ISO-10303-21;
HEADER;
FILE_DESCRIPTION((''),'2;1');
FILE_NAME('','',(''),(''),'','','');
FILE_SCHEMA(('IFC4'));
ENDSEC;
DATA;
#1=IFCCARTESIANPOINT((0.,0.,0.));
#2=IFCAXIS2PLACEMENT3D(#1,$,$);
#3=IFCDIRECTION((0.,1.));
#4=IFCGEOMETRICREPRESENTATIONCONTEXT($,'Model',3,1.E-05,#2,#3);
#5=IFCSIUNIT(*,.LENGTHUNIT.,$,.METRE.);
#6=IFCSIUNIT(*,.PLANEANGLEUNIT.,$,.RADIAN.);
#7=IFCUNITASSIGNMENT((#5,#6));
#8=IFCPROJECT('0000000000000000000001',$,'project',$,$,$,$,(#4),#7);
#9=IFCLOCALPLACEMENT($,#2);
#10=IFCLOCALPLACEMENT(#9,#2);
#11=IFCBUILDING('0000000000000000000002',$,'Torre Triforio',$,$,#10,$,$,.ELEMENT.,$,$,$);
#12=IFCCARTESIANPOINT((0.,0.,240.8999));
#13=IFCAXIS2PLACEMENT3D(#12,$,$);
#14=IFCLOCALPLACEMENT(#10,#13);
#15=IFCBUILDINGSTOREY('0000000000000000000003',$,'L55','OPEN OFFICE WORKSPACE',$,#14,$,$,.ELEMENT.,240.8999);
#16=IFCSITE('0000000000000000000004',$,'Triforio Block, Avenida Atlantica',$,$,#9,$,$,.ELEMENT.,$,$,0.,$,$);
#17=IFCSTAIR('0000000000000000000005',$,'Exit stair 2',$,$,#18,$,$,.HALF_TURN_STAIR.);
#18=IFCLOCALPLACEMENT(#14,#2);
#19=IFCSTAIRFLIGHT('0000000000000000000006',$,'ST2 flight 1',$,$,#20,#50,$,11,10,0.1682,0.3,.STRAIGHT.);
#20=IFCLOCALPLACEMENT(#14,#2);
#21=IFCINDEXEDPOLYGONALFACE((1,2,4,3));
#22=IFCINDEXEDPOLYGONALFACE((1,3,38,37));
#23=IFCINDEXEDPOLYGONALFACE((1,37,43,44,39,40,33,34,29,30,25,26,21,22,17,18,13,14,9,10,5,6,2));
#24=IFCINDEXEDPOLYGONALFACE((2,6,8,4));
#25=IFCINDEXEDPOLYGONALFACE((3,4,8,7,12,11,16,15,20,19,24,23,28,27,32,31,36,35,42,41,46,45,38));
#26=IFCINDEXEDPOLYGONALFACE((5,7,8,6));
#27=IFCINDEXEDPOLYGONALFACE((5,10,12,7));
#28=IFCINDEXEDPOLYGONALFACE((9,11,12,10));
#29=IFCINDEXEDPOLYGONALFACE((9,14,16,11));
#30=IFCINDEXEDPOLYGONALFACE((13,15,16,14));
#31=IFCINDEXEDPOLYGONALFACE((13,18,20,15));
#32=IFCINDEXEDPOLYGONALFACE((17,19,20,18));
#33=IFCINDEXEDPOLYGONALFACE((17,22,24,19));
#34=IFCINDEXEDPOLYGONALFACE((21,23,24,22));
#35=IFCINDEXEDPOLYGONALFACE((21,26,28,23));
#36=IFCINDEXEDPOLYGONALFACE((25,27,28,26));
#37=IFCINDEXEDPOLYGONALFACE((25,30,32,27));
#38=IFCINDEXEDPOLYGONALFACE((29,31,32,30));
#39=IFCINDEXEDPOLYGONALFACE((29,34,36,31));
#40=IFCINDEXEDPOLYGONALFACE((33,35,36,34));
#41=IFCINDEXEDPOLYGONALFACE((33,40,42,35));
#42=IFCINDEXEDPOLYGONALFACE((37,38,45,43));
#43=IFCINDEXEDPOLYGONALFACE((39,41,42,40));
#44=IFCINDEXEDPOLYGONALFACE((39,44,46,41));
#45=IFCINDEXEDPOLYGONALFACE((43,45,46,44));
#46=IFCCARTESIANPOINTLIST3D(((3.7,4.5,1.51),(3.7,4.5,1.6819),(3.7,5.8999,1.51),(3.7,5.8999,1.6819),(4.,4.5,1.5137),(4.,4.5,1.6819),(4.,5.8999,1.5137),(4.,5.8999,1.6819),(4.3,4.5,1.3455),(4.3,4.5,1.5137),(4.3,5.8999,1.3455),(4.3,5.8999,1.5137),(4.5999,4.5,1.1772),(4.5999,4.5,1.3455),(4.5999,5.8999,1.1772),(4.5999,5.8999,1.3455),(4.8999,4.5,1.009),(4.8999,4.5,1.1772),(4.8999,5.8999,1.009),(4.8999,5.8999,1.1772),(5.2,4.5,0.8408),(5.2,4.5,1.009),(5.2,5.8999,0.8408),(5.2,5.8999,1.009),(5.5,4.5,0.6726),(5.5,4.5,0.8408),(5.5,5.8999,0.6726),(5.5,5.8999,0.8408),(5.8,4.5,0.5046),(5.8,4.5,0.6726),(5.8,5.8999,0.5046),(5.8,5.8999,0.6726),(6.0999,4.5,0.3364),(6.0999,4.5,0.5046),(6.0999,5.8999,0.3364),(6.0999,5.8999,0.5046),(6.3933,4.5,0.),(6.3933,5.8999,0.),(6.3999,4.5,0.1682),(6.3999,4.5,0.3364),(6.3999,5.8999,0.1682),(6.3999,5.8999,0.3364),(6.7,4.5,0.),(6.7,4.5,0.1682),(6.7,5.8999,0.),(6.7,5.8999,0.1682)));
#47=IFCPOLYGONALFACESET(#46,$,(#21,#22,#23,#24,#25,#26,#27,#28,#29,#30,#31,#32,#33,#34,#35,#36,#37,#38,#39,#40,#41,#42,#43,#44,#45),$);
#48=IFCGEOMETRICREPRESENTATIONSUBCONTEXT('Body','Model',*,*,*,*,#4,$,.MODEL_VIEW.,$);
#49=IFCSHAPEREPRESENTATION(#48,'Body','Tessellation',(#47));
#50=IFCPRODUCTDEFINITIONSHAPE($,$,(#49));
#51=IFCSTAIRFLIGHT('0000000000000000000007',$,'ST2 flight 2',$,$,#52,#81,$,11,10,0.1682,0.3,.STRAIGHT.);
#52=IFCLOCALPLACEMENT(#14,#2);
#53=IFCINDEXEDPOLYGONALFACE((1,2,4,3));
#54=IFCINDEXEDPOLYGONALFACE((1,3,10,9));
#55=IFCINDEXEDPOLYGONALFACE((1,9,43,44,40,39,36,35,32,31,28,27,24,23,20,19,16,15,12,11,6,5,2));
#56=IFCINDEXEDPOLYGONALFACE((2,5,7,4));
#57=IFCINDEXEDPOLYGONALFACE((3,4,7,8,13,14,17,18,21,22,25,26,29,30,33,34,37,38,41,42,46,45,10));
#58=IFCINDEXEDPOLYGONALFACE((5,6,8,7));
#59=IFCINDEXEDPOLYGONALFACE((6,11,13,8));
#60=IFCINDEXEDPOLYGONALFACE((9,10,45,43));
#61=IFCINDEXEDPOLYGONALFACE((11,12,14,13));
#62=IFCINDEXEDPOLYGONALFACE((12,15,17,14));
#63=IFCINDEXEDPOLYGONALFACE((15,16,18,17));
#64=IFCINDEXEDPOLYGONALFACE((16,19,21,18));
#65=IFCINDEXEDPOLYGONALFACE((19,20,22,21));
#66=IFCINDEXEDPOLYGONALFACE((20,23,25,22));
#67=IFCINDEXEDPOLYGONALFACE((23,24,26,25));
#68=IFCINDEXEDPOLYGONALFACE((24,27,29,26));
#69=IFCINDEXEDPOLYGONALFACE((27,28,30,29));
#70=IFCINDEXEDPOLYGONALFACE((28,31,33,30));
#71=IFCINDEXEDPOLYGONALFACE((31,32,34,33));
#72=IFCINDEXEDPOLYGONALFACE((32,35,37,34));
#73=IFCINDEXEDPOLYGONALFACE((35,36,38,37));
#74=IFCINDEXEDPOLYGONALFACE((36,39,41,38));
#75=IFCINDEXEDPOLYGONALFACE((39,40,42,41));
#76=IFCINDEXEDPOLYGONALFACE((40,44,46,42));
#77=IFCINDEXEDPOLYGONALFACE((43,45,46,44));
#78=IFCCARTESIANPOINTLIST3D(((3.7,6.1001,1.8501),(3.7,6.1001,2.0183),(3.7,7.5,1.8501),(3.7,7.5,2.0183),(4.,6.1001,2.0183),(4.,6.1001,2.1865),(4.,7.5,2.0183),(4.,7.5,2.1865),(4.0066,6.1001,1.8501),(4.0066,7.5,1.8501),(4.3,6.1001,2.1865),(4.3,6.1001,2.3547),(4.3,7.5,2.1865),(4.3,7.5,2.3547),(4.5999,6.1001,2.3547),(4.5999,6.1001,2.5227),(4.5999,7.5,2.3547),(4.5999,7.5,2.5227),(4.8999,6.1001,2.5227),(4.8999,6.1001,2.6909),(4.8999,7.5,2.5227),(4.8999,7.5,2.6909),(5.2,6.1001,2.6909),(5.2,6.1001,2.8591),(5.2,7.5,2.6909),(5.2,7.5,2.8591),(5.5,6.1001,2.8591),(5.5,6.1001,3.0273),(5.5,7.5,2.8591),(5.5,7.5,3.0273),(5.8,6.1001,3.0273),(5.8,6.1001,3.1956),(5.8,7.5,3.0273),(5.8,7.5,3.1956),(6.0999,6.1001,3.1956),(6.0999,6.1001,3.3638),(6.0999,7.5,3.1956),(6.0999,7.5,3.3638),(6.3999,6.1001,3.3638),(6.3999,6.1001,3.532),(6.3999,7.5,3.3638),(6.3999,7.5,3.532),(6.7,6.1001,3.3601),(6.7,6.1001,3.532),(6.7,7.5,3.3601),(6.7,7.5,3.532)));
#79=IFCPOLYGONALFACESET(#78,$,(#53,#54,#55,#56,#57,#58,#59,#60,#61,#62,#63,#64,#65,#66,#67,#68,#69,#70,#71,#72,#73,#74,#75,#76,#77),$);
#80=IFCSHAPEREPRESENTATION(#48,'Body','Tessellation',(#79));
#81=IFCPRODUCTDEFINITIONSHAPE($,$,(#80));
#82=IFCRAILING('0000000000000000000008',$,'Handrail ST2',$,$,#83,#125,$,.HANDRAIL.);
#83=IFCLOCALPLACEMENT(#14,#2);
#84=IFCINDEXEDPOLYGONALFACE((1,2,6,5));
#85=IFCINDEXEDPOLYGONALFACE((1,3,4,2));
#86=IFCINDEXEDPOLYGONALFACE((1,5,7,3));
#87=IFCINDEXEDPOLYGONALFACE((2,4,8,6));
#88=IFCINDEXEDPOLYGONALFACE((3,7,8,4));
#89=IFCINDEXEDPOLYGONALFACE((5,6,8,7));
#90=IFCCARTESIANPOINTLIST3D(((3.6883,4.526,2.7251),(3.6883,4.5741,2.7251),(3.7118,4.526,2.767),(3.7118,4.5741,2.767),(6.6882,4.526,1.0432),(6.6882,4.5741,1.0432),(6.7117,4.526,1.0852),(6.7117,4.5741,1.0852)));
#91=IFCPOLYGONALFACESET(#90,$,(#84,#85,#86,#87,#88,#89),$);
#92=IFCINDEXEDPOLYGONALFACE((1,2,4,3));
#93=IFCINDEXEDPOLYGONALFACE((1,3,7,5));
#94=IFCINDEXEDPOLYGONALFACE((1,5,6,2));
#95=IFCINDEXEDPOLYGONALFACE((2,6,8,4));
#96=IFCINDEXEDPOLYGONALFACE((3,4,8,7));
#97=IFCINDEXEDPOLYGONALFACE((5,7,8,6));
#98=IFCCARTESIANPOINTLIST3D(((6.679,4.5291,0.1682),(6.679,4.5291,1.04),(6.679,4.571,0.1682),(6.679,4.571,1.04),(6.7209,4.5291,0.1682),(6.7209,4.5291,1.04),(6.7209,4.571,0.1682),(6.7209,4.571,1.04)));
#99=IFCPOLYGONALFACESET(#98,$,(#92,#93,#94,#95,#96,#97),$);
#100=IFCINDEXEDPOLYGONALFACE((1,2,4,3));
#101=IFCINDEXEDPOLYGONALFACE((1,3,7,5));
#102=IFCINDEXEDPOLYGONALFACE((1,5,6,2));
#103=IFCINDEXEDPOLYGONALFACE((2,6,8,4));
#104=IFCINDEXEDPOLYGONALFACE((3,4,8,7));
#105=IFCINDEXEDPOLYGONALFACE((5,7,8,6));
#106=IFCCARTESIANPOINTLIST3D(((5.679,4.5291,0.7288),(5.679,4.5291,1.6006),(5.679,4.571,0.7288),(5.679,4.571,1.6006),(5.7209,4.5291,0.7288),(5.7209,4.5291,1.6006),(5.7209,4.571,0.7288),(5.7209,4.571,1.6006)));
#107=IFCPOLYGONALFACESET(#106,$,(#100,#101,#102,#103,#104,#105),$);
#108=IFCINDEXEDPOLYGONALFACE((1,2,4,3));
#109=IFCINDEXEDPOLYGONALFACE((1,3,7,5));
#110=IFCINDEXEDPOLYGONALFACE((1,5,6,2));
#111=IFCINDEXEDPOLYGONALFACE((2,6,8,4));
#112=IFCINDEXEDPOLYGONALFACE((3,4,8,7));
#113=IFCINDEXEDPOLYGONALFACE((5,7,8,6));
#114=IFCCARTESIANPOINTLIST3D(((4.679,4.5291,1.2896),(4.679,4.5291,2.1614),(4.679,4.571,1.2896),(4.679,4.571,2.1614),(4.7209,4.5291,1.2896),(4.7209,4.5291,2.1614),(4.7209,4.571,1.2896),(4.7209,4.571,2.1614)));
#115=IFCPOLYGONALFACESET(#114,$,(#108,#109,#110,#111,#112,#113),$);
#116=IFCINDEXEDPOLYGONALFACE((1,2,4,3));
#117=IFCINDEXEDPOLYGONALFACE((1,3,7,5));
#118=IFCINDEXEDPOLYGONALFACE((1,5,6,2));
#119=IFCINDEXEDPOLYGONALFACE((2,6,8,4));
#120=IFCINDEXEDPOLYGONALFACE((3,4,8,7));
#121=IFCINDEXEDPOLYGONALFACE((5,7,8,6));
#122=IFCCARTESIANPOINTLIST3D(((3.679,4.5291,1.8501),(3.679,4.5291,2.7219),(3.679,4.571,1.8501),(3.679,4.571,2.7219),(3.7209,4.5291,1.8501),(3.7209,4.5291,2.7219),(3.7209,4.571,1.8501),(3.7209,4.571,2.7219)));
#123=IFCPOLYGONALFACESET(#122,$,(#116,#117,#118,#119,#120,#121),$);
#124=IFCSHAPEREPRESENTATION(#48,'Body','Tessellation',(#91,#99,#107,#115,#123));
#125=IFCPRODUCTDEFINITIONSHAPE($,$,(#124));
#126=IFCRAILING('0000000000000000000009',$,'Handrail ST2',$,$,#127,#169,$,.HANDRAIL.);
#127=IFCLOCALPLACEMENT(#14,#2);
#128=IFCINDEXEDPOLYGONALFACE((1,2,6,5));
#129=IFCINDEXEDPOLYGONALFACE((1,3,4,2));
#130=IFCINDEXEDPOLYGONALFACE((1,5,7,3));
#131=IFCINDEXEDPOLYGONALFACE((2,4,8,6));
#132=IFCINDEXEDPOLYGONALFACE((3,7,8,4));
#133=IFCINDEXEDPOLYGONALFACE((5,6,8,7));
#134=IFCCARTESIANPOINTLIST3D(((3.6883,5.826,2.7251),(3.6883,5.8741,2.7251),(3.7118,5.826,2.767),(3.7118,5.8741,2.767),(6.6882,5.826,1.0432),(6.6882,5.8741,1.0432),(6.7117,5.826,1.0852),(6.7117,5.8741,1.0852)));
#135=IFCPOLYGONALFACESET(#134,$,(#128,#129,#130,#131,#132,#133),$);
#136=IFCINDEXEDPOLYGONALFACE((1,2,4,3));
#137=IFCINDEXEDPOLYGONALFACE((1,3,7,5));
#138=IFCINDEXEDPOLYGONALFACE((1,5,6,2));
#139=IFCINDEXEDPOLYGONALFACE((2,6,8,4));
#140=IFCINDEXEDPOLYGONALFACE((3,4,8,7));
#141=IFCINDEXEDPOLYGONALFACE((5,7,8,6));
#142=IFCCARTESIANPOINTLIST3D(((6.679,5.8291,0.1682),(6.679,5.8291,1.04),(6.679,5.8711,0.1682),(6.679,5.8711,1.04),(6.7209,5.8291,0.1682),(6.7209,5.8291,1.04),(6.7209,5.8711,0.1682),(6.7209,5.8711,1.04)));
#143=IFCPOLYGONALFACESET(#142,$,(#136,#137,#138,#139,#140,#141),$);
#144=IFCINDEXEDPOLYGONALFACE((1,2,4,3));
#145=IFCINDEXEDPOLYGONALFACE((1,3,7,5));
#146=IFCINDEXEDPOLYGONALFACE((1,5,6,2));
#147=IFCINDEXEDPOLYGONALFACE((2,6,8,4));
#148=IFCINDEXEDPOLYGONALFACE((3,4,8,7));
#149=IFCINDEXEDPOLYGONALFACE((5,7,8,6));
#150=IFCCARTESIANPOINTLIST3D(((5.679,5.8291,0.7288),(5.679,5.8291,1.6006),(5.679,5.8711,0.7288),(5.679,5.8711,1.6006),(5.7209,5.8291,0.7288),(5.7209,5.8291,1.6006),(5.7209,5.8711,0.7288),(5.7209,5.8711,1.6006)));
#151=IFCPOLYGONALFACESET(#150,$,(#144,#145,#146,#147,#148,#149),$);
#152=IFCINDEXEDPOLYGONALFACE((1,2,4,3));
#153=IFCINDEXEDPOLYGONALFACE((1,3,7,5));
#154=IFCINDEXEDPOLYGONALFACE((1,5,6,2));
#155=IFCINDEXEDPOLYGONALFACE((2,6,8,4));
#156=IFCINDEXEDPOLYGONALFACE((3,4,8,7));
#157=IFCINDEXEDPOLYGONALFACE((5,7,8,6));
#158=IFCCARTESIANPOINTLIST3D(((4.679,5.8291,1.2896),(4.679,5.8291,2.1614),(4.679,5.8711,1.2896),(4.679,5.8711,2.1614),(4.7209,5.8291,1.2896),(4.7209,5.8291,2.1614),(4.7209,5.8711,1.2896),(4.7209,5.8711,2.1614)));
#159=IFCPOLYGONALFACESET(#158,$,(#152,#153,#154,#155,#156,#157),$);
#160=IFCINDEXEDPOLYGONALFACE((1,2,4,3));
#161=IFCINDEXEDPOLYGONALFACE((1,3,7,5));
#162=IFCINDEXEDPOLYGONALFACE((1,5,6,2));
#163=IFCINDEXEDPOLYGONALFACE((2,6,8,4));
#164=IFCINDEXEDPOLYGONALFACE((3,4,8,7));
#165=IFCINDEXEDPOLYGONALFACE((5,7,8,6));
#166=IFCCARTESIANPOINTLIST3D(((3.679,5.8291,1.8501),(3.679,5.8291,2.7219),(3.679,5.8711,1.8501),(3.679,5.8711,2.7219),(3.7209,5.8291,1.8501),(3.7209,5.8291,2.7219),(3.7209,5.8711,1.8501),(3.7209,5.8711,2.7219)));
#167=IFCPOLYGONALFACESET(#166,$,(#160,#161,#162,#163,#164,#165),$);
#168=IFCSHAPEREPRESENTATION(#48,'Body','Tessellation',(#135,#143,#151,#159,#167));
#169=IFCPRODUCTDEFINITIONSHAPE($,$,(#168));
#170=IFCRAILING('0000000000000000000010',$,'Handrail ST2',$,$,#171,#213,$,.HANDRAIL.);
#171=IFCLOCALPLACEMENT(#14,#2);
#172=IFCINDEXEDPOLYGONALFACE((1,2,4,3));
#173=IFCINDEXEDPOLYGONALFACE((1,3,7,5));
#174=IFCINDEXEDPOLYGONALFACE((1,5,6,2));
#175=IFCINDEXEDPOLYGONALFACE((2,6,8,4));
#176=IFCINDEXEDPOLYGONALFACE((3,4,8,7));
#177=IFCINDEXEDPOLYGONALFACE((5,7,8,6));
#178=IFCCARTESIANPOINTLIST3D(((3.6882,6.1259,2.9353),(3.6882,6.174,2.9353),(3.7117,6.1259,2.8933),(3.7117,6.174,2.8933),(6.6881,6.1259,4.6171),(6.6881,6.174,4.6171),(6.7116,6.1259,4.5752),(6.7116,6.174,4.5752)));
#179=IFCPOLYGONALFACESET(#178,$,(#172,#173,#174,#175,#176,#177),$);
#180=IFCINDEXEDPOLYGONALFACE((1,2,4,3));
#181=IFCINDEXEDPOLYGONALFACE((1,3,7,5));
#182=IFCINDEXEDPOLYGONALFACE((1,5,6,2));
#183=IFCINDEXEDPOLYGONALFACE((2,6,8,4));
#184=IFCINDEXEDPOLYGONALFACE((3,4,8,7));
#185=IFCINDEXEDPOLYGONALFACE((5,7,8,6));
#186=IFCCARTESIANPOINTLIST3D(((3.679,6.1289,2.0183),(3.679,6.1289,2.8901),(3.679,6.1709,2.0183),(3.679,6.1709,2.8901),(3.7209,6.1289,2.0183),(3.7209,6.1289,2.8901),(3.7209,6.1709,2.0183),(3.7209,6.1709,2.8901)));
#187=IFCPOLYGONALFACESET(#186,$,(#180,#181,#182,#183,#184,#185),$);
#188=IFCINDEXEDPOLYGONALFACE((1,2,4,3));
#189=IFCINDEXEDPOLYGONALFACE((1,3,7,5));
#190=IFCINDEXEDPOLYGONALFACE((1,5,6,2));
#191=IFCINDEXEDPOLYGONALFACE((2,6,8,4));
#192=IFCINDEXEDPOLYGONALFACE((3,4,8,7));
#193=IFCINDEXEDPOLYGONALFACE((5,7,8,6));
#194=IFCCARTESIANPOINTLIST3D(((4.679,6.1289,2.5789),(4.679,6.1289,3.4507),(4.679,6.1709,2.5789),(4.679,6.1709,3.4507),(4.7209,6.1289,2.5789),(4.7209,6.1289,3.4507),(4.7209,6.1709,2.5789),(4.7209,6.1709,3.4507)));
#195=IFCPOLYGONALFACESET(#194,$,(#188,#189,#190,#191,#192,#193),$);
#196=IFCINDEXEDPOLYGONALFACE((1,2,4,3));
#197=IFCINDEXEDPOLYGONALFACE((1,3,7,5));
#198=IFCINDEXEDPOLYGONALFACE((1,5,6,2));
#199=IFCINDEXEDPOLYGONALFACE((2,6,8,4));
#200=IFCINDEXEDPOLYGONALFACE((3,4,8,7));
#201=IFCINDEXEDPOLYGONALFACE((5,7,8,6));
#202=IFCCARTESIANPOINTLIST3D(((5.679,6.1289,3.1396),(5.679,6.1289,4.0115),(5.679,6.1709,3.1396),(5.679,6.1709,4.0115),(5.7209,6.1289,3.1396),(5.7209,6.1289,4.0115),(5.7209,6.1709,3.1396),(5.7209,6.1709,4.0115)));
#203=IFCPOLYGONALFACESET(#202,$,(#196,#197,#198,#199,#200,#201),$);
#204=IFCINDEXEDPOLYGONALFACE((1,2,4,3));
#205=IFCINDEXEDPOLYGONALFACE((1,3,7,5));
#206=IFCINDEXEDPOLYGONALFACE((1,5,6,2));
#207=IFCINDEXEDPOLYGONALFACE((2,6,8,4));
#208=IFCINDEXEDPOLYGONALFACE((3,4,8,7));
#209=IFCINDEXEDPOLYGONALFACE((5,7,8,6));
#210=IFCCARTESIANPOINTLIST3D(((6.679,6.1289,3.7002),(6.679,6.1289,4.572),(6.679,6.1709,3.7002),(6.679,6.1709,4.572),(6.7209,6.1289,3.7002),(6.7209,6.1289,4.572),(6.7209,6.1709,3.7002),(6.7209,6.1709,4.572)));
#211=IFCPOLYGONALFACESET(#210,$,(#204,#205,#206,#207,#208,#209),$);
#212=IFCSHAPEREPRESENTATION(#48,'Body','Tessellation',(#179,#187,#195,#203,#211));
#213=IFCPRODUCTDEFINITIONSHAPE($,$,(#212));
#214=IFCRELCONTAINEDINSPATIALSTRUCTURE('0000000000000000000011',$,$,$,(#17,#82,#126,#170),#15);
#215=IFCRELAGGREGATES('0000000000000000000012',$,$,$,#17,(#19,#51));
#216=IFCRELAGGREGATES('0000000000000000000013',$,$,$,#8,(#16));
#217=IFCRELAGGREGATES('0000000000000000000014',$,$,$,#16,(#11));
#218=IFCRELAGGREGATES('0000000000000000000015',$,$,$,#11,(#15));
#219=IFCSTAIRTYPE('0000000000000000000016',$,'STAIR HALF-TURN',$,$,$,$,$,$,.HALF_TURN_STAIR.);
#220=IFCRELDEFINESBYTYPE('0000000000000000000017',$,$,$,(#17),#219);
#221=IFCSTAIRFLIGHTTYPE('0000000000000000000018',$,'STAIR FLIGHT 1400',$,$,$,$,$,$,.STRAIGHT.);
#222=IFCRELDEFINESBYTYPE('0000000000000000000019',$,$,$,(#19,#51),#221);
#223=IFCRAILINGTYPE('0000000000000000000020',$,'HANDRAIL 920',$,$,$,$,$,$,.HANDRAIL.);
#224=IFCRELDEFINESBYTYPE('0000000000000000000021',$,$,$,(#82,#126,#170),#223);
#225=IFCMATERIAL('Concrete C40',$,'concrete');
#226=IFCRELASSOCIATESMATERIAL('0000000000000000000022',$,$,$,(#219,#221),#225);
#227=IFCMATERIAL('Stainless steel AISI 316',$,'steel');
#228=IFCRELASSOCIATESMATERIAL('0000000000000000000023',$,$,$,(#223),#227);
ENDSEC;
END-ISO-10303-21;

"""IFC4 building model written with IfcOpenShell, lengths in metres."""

from ifc_helpers import new_model, si_unit, direction, frame, origin, origin_2d, place, context, subcontext, project, spatial, polyline, rectangle, outline, extrude, material, type_object, element, aggregate, save


model = new_model("IFC4")

# Units and contexts
model_context = context("Model", 3, precision=1e-05, world=origin(), true_north=direction((0.0, 1.0)))
body_context = subcontext(model_context, "Body", "Model", "MODEL_VIEW")
ifc_project = project(units=[si_unit("LENGTHUNIT", "METRE"), si_unit("PLANEANGLEUNIT", "RADIAN")], contexts=[model_context])

# Site, building, storey
site_placement = place(None, origin())
site = spatial("IfcSite", under=ifc_project, at=site_placement, Name="Triforio Block, Avenida Atlantica", CompositionType="ELEMENT", RefElevation=0.0)
building_placement = place(site_placement, origin())
building = spatial("IfcBuilding", under=site, at=building_placement, Name="Torre Triforio", CompositionType="ELEMENT")
storey_placement = place(building_placement, frame((0.0, 0.0, 240.8999)))
storey = spatial("IfcBuildingStorey", under=building, at=storey_placement, Name="L55", Description="OPEN OFFICE WORKSPACE", CompositionType="ELEMENT", Elevation=240.8999)

# Stair
ifc_material_1 = material(Name="Concrete C40", Category="concrete")
stair_type = type_object("IfcStairType", Name="STAIR HALF-TURN", PredefinedType="HALF_TURN_STAIR", material=ifc_material_1)
stair_1_placement = place(storey_placement, origin())
stair_1 = element("IfcStair", 1, at=stair_1_placement, inside=storey, type_object=stair_type, Name="Exit stair 2", PredefinedType="HALF_TURN_STAIR")

# Stair flights
stair_flight_type = type_object("IfcStairFlightType", Name="STAIR FLIGHT 1400", PredefinedType="STRAIGHT", material=ifc_material_1)
stair_flight_1_placement = place(storey_placement, frame((6.7, 5.2, 0.0), z_axis=(0.0, 0.0, 1.0), x_axis=(-1.0, 0.0, 0.0)))
stair_flight_1 = element("IfcStairFlight", 2, at=stair_flight_1_placement, type_object=stair_flight_type, Name="ST2 flight 1", NumberOfRisers=11, NumberOfTreads=10, PredefinedType="STRAIGHT", RiserHeight=0.1682, TreadLength=0.3, context=body_context, shape_type="SweptSolid", body=[
    extrude(outline(polyline([(0.0, 0.0), (0.0, 0.1682), (0.3, 0.1682), (0.3, 0.3364), (0.6001, 0.3364), (0.6001, 0.5046), (0.8999, 0.5046), (0.8999, 0.6726), (1.2, 0.6726), (1.2, 0.8408), (1.5, 0.8408), (1.5, 1.009), (1.8, 1.009), (1.8, 1.1772), (2.1001, 1.1772), (2.1001, 1.3455), (2.3999, 1.3455), (2.3999, 1.5137), (2.7, 1.5137), (2.7, 1.6819), (3.0, 1.6819), (3.0, 1.8501), (3.0, 1.51), (0.3066, 0.0), (0.0, 0.0)])), frame((0.0, 0.7, 0.0), z_axis=(0.0, -1.0, 0.0), x_axis=(1.0, 0.0, 0.0)), (0.0, 0.0, 1.0), 1.3999),
])
stair_flight_2_placement = place(storey_placement, frame((3.7, 6.8, 1.8501), z_axis=(0.0, 0.0, 1.0), x_axis=(1.0, 0.0, 0.0)))
stair_flight_2 = element("IfcStairFlight", 3, at=stair_flight_2_placement, type_object=stair_flight_type, Name="ST2 flight 2", NumberOfRisers=11, NumberOfTreads=10, PredefinedType="STRAIGHT", RiserHeight=0.1682, TreadLength=0.3, context=body_context, shape_type="SweptSolid", body=[
    extrude(outline(polyline([(0.0, 0.0), (0.0, 0.1682), (0.3, 0.1682), (0.3, 0.3364), (0.6001, 0.3364), (0.6001, 0.5046), (0.8999, 0.5046), (0.8999, 0.6726), (1.2, 0.6726), (1.2, 0.8408), (1.5, 0.8408), (1.5, 1.009), (1.8, 1.009), (1.8, 1.1772), (2.1001, 1.1772), (2.1001, 1.3455), (2.3999, 1.3455), (2.3999, 1.5137), (2.7, 1.5137), (2.7, 1.6819), (3.0, 1.6819), (3.0, 1.8501), (3.0, 1.51), (0.3066, 0.0), (0.0, 0.0)])), frame((0.0, 0.7, 0.0), z_axis=(0.0, -1.0, 0.0), x_axis=(1.0, 0.0, 0.0)), (0.0, 0.0, 1.0), 1.3999),
])
aggregate(stair_1, [stair_flight_1, stair_flight_2])

# Railings
ifc_material_2 = material(Name="Stainless steel AISI 316", Category="steel")
railing_type = type_object("IfcRailingType", Name="HANDRAIL 920", PredefinedType="HANDRAIL", material=ifc_material_2)
for number, where, name in (
    (4, (6.7, 4.55, 0.1682), "Handrail ST2"),
    (5, (6.7, 5.8501, 0.1682), "Handrail ST2"),
):
    element("IfcRailing", number, at=place(storey_placement, frame(where)), inside=storey, type_object=railing_type, Name=name, PredefinedType="HANDRAIL", context=body_context, shape_type="SweptSolid", body=[
        extrude(rectangle(XDim=0.0481, YDim=0.0481, at=origin_2d()), frame((0.0, 0.0, 0.896), z_axis=(-0.872272, 0.0, 0.48902), x_axis=(0.0, -1.0, 0.0)), (0.0, 0.0, 1.0), 3.4392),
        extrude(rectangle(XDim=0.042, YDim=0.042, at=origin_2d()), origin(), (0.0, 0.0, 1.0), 0.8718),
        extrude(rectangle(XDim=0.042, YDim=0.042, at=origin_2d()), frame((-1.0, 0.0, 0.5605)), (0.0, 0.0, 1.0), 0.8718),
        extrude(rectangle(XDim=0.042, YDim=0.042, at=origin_2d()), frame((-2.0, 0.0, 1.1213)), (0.0, 0.0, 1.0), 0.8718),
        extrude(rectangle(XDim=0.042, YDim=0.042, at=origin_2d()), frame((-3.0, 0.0, 1.6819)), (0.0, 0.0, 1.0), 0.8718),
    ])
railing_placement = place(storey_placement, frame((3.7, 6.1499, 2.0183)))
element("IfcRailing", 6, at=railing_placement, inside=storey, type_object=railing_type, Name="Handrail ST2", PredefinedType="HANDRAIL", context=body_context, shape_type="SweptSolid", body=[
    extrude(rectangle(XDim=0.0481, YDim=0.0481, at=origin_2d()), frame((0.0, 0.0, 0.896), z_axis=(0.872272, 0.0, 0.48902), x_axis=(0.0, 1.0, 0.0)), (0.0, 0.0, 1.0), 3.4392),
    extrude(rectangle(XDim=0.042, YDim=0.042, at=origin_2d()), origin(), (0.0, 0.0, 1.0), 0.8718),
    extrude(rectangle(XDim=0.042, YDim=0.042, at=origin_2d()), frame((1.0, 0.0, 0.5605)), (0.0, 0.0, 1.0), 0.8718),
    extrude(rectangle(XDim=0.042, YDim=0.042, at=origin_2d()), frame((2.0, 0.0, 1.1213)), (0.0, 0.0, 1.0), 0.8718),
    extrude(rectangle(XDim=0.042, YDim=0.042, at=origin_2d()), frame((3.0, 0.0, 1.6819)), (0.0, 0.0, 1.0), 0.8718),
])

save(model, "model.ifc")
